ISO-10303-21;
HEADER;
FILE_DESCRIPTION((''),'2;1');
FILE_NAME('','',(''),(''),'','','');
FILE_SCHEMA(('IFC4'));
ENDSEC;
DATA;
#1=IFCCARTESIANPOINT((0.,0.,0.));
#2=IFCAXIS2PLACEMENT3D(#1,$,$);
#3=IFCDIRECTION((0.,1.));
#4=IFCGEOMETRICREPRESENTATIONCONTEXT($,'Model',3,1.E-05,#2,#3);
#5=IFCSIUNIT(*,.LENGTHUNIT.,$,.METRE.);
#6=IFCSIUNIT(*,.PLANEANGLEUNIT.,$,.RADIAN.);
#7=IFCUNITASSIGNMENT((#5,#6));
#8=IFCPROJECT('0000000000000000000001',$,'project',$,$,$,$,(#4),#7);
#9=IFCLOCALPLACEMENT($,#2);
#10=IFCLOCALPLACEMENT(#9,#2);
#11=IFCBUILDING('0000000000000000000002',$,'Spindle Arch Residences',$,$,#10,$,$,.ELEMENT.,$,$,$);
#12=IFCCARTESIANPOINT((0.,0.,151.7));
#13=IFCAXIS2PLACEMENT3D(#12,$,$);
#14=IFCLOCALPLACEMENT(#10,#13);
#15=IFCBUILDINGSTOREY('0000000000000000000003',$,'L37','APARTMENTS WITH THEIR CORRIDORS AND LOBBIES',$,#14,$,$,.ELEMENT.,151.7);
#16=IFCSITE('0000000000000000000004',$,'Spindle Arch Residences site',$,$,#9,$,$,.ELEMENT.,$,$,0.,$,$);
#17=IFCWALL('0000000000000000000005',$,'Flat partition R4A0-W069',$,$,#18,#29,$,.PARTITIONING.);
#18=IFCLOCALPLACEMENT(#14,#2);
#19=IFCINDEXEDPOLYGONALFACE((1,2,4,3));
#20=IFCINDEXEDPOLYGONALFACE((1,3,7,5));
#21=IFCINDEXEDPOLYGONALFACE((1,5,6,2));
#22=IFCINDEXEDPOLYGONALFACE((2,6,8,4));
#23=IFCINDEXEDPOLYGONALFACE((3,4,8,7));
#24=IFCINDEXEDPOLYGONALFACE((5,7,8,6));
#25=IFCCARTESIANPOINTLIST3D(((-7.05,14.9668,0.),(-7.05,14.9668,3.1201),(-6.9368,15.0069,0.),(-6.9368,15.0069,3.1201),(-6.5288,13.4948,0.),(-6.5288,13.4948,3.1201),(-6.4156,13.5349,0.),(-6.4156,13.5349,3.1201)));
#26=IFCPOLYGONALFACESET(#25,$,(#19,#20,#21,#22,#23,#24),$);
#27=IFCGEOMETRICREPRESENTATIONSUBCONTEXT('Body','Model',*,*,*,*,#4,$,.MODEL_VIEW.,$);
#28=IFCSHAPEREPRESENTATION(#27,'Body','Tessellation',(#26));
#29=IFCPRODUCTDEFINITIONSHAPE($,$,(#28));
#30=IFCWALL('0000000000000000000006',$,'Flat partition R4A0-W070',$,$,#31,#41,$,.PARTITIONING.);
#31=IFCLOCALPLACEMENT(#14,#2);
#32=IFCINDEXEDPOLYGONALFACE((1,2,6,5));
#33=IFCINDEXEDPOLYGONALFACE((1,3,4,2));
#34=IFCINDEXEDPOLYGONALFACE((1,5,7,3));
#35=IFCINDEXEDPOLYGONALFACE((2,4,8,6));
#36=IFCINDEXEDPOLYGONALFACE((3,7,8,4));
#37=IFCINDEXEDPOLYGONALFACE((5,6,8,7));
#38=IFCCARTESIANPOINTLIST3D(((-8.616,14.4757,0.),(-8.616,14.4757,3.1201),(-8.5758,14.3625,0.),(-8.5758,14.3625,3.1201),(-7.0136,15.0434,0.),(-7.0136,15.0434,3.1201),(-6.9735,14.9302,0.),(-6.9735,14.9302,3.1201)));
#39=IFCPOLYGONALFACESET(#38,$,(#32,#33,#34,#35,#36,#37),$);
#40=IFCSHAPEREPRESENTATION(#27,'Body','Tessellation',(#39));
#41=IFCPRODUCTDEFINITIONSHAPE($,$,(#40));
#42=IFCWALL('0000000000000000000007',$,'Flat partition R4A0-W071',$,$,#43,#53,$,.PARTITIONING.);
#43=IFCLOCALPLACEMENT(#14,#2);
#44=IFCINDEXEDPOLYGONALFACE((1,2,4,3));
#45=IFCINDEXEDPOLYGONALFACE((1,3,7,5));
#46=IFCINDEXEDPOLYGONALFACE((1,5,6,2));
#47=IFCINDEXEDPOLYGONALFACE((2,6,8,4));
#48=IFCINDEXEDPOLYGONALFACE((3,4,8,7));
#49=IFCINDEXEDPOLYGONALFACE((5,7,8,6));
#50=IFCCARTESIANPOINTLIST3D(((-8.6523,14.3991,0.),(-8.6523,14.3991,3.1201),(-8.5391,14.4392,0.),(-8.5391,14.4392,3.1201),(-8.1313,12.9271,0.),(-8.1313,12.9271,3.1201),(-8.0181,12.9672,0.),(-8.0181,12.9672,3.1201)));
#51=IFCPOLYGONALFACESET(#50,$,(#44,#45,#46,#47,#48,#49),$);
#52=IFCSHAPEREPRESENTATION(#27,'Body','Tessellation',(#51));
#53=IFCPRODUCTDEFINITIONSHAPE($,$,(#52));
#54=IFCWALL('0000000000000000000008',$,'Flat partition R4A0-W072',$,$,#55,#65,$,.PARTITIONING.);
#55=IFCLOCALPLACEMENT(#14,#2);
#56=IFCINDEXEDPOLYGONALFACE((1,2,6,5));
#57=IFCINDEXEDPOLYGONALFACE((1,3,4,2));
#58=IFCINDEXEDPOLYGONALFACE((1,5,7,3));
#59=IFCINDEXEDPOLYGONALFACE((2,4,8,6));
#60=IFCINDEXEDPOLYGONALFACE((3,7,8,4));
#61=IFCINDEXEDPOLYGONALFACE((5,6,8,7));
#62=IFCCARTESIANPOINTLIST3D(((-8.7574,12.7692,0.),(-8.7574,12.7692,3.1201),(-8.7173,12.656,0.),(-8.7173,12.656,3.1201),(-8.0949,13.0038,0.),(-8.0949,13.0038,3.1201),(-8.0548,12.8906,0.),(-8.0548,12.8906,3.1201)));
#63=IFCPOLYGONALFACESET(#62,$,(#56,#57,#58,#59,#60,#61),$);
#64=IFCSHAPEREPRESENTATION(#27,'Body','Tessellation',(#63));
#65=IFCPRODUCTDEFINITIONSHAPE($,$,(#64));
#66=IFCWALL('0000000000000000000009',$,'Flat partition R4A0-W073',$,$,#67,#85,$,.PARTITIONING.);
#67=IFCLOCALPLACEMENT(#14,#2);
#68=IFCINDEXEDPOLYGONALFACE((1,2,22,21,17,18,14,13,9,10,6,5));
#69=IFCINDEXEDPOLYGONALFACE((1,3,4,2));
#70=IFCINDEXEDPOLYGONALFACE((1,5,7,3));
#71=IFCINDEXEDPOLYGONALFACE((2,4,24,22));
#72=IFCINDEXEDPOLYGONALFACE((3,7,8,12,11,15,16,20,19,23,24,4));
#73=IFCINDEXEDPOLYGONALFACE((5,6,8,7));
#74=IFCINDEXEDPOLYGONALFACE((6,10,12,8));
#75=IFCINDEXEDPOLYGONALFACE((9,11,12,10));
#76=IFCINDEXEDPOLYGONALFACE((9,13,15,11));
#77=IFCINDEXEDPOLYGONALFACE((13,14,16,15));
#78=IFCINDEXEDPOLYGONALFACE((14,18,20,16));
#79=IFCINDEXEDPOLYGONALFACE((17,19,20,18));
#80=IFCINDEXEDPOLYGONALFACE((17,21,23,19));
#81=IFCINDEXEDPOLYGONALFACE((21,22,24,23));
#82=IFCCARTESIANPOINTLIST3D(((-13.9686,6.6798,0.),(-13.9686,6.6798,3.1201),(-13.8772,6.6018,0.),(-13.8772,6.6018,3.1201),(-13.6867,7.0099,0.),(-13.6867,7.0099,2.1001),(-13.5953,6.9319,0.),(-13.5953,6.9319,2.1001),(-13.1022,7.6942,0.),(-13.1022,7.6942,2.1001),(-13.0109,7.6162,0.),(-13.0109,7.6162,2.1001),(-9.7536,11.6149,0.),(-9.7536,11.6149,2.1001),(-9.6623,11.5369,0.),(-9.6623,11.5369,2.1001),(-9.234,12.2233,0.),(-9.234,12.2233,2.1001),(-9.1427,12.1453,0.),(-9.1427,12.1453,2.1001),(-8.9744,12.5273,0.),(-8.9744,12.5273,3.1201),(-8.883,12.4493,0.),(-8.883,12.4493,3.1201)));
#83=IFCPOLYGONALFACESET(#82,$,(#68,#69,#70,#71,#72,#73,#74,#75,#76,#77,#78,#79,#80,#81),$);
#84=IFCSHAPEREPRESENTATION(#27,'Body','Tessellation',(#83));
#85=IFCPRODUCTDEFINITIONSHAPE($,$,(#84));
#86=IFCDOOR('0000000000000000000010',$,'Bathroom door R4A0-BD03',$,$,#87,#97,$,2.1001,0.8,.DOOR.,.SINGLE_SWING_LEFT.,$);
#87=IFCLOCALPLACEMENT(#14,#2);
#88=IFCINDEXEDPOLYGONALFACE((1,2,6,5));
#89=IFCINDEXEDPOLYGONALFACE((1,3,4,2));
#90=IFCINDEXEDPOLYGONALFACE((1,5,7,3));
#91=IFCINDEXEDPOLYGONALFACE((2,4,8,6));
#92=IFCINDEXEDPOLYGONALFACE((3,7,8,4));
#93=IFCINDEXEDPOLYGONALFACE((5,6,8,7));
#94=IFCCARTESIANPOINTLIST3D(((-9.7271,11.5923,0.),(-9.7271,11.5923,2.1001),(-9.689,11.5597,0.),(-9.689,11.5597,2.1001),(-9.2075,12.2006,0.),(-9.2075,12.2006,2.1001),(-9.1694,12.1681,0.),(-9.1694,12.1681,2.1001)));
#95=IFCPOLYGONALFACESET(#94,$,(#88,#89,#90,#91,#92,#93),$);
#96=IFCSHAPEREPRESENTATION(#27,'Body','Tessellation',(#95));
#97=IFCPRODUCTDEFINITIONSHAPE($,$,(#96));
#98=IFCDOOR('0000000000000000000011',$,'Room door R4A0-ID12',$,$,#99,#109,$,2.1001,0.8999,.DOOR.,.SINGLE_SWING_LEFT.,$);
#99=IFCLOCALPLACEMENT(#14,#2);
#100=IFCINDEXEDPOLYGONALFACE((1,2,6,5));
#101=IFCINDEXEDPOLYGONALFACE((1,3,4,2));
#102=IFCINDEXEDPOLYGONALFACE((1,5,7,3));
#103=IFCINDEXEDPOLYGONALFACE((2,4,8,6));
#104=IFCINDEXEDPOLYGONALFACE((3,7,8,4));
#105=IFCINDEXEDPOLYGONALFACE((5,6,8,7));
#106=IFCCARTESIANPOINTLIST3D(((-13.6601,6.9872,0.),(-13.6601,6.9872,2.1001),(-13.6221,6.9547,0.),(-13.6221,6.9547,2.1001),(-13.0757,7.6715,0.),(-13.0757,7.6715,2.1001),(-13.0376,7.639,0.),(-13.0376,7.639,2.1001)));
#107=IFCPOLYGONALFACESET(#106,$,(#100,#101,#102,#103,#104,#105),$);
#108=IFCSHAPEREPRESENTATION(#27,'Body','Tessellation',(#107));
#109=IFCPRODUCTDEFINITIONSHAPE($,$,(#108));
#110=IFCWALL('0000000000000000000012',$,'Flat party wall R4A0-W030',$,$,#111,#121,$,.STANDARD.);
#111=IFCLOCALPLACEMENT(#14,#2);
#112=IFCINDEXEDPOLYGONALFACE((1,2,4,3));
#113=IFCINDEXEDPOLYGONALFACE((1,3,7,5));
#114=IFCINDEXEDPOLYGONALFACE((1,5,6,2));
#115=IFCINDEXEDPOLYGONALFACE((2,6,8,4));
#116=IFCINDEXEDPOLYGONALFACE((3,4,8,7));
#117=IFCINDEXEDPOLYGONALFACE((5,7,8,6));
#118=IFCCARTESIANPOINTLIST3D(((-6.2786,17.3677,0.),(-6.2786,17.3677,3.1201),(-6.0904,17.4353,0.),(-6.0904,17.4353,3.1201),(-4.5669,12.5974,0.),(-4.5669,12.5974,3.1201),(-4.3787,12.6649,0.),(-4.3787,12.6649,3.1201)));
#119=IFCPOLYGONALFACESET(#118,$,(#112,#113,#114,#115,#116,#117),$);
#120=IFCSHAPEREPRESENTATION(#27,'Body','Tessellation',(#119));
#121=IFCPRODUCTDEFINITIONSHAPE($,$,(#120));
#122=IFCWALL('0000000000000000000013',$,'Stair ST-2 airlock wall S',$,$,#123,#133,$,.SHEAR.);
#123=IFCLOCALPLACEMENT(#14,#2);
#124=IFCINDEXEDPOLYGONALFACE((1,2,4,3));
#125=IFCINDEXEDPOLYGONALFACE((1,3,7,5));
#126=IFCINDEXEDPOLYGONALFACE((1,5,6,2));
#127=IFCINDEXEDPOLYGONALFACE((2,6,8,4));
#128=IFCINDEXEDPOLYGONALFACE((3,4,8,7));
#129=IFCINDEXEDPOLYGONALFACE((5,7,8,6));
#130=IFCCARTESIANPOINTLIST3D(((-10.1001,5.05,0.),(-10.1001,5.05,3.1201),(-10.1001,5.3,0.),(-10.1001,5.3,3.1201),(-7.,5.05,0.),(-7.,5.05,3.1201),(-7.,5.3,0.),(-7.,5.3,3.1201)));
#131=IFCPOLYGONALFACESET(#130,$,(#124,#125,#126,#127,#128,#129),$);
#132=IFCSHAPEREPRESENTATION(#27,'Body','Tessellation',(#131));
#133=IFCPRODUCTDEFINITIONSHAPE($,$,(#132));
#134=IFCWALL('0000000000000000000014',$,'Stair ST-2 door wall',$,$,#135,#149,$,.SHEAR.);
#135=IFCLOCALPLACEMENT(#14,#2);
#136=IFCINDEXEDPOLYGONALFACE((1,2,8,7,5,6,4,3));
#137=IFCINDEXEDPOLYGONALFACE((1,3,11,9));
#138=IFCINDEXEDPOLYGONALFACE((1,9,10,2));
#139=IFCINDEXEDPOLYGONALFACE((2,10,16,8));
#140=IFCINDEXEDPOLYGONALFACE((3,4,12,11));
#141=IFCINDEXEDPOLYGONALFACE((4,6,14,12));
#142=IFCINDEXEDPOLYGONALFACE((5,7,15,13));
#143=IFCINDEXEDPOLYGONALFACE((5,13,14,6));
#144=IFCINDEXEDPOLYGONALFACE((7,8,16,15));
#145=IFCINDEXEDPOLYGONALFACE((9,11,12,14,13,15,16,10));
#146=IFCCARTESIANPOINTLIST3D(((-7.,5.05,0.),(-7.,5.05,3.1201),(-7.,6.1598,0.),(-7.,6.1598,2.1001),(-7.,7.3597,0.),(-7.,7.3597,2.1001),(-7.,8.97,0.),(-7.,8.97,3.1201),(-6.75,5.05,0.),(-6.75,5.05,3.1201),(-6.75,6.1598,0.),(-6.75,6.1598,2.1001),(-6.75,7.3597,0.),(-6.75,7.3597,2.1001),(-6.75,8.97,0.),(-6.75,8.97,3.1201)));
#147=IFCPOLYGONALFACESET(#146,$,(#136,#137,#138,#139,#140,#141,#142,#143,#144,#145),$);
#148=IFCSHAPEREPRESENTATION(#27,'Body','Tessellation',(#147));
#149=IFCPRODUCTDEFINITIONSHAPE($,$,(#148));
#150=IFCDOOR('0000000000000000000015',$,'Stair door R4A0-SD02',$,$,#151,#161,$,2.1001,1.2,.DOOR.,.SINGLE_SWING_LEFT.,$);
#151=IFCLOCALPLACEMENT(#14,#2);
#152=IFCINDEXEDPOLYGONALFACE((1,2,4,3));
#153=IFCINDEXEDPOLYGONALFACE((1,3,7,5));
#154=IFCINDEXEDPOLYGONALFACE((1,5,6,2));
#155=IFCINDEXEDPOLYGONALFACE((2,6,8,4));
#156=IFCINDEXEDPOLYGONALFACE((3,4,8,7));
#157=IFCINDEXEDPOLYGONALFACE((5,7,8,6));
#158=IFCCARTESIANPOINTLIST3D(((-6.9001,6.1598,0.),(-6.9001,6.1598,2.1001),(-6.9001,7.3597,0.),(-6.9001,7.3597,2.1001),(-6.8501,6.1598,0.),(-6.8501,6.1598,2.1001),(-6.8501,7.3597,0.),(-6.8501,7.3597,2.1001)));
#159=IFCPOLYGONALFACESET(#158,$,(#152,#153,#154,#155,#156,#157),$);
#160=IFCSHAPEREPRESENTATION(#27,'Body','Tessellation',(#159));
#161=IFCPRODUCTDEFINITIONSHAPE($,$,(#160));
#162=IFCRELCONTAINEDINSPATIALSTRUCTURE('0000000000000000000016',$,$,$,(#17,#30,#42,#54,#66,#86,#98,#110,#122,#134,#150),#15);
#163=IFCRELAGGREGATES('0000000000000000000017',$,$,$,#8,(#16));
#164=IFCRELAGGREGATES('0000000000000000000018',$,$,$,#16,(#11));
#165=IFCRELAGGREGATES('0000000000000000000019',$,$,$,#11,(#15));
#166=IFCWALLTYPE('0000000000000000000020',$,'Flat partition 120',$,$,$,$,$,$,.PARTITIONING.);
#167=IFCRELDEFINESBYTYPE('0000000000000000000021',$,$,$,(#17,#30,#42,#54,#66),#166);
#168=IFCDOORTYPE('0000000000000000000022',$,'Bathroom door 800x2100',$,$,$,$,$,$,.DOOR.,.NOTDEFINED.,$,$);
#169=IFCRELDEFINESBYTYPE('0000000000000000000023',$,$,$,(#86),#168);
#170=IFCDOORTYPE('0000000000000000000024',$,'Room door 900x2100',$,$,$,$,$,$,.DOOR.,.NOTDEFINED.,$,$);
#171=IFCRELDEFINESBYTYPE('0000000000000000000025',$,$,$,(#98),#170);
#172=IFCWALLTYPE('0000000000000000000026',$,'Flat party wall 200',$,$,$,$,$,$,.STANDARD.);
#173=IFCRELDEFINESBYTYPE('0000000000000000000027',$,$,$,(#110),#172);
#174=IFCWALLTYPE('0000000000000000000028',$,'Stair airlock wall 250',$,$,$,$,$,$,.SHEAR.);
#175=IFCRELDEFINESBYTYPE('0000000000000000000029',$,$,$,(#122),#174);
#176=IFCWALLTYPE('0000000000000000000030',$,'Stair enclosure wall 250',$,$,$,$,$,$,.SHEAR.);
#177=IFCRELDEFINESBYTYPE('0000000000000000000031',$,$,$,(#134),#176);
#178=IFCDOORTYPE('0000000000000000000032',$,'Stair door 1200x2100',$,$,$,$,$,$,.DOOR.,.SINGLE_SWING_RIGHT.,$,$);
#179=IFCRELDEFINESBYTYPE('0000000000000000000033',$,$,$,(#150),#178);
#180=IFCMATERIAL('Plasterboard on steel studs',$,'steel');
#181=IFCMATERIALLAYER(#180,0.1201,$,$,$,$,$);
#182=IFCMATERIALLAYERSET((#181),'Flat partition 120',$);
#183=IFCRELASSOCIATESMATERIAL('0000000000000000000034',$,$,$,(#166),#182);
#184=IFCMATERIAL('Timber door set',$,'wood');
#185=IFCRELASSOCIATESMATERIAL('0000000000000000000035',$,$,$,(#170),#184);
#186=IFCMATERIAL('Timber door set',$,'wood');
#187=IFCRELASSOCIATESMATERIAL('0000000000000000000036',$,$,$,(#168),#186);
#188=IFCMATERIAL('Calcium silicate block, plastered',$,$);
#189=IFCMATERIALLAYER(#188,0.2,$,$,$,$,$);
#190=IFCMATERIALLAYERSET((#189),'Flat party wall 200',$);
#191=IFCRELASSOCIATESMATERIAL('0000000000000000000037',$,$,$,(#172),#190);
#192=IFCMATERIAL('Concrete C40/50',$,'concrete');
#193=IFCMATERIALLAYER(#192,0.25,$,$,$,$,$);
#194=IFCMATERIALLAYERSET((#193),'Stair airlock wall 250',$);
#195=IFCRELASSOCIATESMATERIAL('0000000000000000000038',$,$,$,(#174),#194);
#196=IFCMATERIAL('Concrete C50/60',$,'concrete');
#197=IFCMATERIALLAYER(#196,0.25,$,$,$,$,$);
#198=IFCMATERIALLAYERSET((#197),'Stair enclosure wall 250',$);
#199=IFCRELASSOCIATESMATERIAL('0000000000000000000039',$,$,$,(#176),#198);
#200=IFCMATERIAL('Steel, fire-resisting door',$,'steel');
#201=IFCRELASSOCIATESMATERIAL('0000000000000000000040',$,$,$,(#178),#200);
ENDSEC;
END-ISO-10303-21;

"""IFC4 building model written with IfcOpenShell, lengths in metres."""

from ifc_helpers import new_model, si_unit, direction, frame, frame_2d, origin, place, context, subcontext, project, spatial, rectangle, extrude, material, layer, layer_set, type_object, element, fill, save


model = new_model("IFC4")

# Units and contexts
model_context = context("Model", 3, precision=1e-05, world=origin(), true_north=direction((0.0, 1.0)))
body_context = subcontext(model_context, "Body", "Model", "MODEL_VIEW")
ifc_project = project(units=[si_unit("LENGTHUNIT", "METRE"), si_unit("PLANEANGLEUNIT", "RADIAN")], contexts=[model_context])

# Site, building, storey
site_placement = place(None, origin())
site = spatial("IfcSite", under=ifc_project, at=site_placement, Name="Spindle Arch Residences site", CompositionType="ELEMENT", RefElevation=0.0)
building_placement = place(site_placement, origin())
building = spatial("IfcBuilding", under=site, at=building_placement, Name="Spindle Arch Residences", CompositionType="ELEMENT")
storey_placement = place(building_placement, frame((0.0, 0.0, 151.7)))
storey = spatial("IfcBuildingStorey", under=building, at=storey_placement, Name="L37", Description="APARTMENTS WITH THEIR CORRIDORS AND LOBBIES", CompositionType="ELEMENT", Elevation=151.7)

# Shared definitions
ifc_material_1 = material(Name="Plasterboard on steel studs", Category="steel")
ifc_layer_1 = layer(ifc_material_1, 0.1201)
ifc_layer_set_1 = layer_set([ifc_layer_1], Name="Flat partition 120")
wall_type_1 = type_object("IfcWallType", Name="Flat partition 120", PredefinedType="PARTITIONING", material=ifc_layer_set_1)

# Shared definitions
ifc_material_2 = material(Name="Timber door set", Category="wood")
door_type_1 = type_object("IfcDoorType", Name="Room door 900x2100", OperationType="NOTDEFINED", PredefinedType="DOOR", material=ifc_material_2)

# Walls
wall_1_placement = place(storey_placement, frame((-6.4722, 13.5149, 0.0), z_axis=(0.0, 0.0, 1.0), x_axis=(-0.33381, 0.942641, 0.0)))
element("IfcWall", 1, at=wall_1_placement, inside=storey, type_object=wall_type_1, Name="Flat partition R4A0-W069", PredefinedType="PARTITIONING", context=body_context, shape_type="SweptSolid", body=[
    extrude(rectangle(XDim=1.5615, YDim=0.1201, at=frame_2d((0.7808, 0.0))), origin(), (0.0, 0.0, 1.0), 3.1201),
])
wall_2_placement = place(storey_placement, frame((-6.9934, 14.9868, 0.0), z_axis=(0.0, 0.0, 1.0), x_axis=(-0.9426, -0.333924, 0.0)))
element("IfcWall", 2, at=wall_2_placement, inside=storey, type_object=wall_type_1, Name="Flat partition R4A0-W070", PredefinedType="PARTITIONING", context=body_context, shape_type="SweptSolid", body=[
    extrude(rectangle(XDim=1.7, YDim=0.1201, at=frame_2d((0.8501, 0.0))), origin(), (0.0, 0.0, 1.0), 3.1201),
])
wall_3_placement = place(storey_placement, frame((-8.5957, 14.4192, 0.0), z_axis=(0.0, 0.0, 1.0), x_axis=(0.333671, -0.94269, 0.0)))
element("IfcWall", 3, at=wall_3_placement, inside=storey, type_object=wall_type_1, Name="Flat partition R4A0-W071", PredefinedType="PARTITIONING", context=body_context, shape_type="SweptSolid", body=[
    extrude(rectangle(XDim=1.5615, YDim=0.1201, at=frame_2d((0.7808, 0.0))), origin(), (0.0, 0.0, 1.0), 3.1201),
])
wall_4_placement = place(storey_placement, frame((-8.0747, 12.9473, 0.0), z_axis=(0.0, 0.0, 1.0), x_axis=(-0.94265, -0.333783, 0.0)))
element("IfcWall", 4, at=wall_4_placement, inside=storey, type_object=wall_type_1, Name="Flat partition R4A0-W072", PredefinedType="PARTITIONING", context=body_context, shape_type="SweptSolid", body=[
    extrude(rectangle(XDim=0.7029, YDim=0.1201, at=frame_2d((0.3516, 0.0))), origin(), (0.0, 0.0, 1.0), 3.1201),
])

# Wall, openings, doors
wall_5_placement = place(storey_placement, frame((-8.9287, 12.4883, 0.0), z_axis=(0.0, 0.0, 1.0), x_axis=(-0.649446, -0.760407, 0.0)))
wall_5 = element("IfcWall", 5, at=wall_5_placement, inside=storey, type_object=wall_type_1, Name="Flat partition R4A0-W073", PredefinedType="PARTITIONING", context=body_context, shape_type="SweptSolid", body=[
    extrude(rectangle(XDim=7.6899, YDim=0.1201, at=frame_2d((3.845, 0.0))), origin(), (0.0, 0.0, 1.0), 3.1201),
])
opening_1_placement = place(wall_5_placement, frame((0.3999, 0.0, 0.0)))
opening_1 = element("IfcOpeningElement", 6, at=opening_1_placement, cuts=wall_5, PredefinedType="OPENING", context=body_context, shape_type="SweptSolid", body=[
    extrude(rectangle(XDim=0.8, YDim=2.1001, at=frame_2d((0.3999, 1.05))), frame((0.0, 0.0701, 0.0), z_axis=(0.0, -1.0, 0.0), x_axis=(1.0, 0.0, 0.0)), (0.0, 0.0, 1.0), 0.1401),
])
opening_2_placement = place(wall_5_placement, frame((6.356, 0.0, 0.0)))
opening_2 = element("IfcOpeningElement", 7, at=opening_2_placement, cuts=wall_5, PredefinedType="OPENING", context=body_context, shape_type="SweptSolid", body=[
    extrude(rectangle(XDim=0.8999, YDim=2.1001, at=frame_2d((0.45, 1.05))), frame((0.0, 0.0701, 0.0), z_axis=(0.0, -1.0, 0.0), x_axis=(1.0, 0.0, 0.0)), (0.0, 0.0, 1.0), 0.1401),
])
ifc_material_3 = material(Name="Timber door set", Category="wood")
door_type_2 = type_object("IfcDoorType", Name="Bathroom door 800x2100", OperationType="NOTDEFINED", PredefinedType="DOOR", material=ifc_material_3)
door_1_placement = place(opening_1_placement, origin())
door_1 = element("IfcDoor", 8, at=door_1_placement, inside=storey, type_object=door_type_2, Name="Bathroom door R4A0-BD03", OperationType="SINGLE_SWING_LEFT", OverallHeight=2.1001, OverallWidth=0.8, PredefinedType="DOOR", context=body_context, shape_type="SweptSolid", body=[
    extrude(rectangle(XDim=0.8, YDim=2.1001, at=frame_2d((0.3999, 1.05))), frame((0.0, 0.0249, 0.0), z_axis=(0.0, -1.0, 0.0), x_axis=(1.0, 0.0, 0.0)), (0.0, 0.0, 1.0), 0.05),
])
fill(opening_1, door_1)
door_2_placement = place(opening_2_placement, origin())
door_2 = element("IfcDoor", 9, at=door_2_placement, inside=storey, type_object=door_type_1, Name="Room door R4A0-ID12", OperationType="SINGLE_SWING_LEFT", OverallHeight=2.1001, OverallWidth=0.8999, PredefinedType="DOOR", context=body_context, shape_type="SweptSolid", body=[
    extrude(rectangle(XDim=0.8999, YDim=2.1001, at=frame_2d((0.45, 1.05))), frame((0.0, 0.0249, 0.0), z_axis=(0.0, -1.0, 0.0), x_axis=(1.0, 0.0, 0.0)), (0.0, 0.0, 1.0), 0.05),
])
fill(opening_2, door_2)

# Walls
ifc_material_4 = material(Name="Calcium silicate block, plastered")
ifc_layer_2 = layer(ifc_material_4, 0.2)
ifc_layer_set_2 = layer_set([ifc_layer_2], Name="Flat party wall 200")
wall_type_2 = type_object("IfcWallType", Name="Flat party wall 200", PredefinedType="STANDARD", material=ifc_layer_set_2)
wall_6_placement = place(storey_placement, frame((-6.1846, 17.4016, 0.0), z_axis=(0.0, 0.0, 1.0), x_axis=(0.337737, -0.941241, 0.0)))
element("IfcWall", 10, at=wall_6_placement, inside=storey, type_object=wall_type_2, Name="Flat party wall R4A0-W030", PredefinedType="STANDARD", context=body_context, shape_type="SweptSolid", body=[
    extrude(rectangle(XDim=5.0681, YDim=0.2, at=frame_2d((2.5342, 0.0))), origin(), (0.0, 0.0, 1.0), 3.1201),
])
ifc_material_5 = material(Name="Concrete C40/50", Category="concrete")
ifc_layer_3 = layer(ifc_material_5, 0.25)
ifc_layer_set_3 = layer_set([ifc_layer_3], Name="Stair airlock wall 250")
wall_type_3 = type_object("IfcWallType", Name="Stair airlock wall 250", PredefinedType="SHEAR", material=ifc_layer_set_3)
wall_7_placement = place(storey_placement, frame((-7.0, 5.175, 0.0), z_axis=(0.0, 0.0, 1.0), x_axis=(-1.0, 0.0, 0.0)))
element("IfcWall", 11, at=wall_7_placement, inside=storey, type_object=wall_type_3, Name="Stair ST-2 airlock wall S", PredefinedType="SHEAR", context=body_context, shape_type="SweptSolid", body=[
    extrude(rectangle(XDim=3.1001, YDim=0.25, at=frame_2d((1.55, 0.0))), origin(), (0.0, 0.0, 1.0), 3.1201),
])

# Wall, opening, door
ifc_material_6 = material(Name="Concrete C50/60", Category="concrete")
ifc_layer_4 = layer(ifc_material_6, 0.25)
ifc_layer_set_4 = layer_set([ifc_layer_4], Name="Stair enclosure wall 250")
wall_type_4 = type_object("IfcWallType", Name="Stair enclosure wall 250", PredefinedType="SHEAR", material=ifc_layer_set_4)
wall_8_placement = place(storey_placement, frame((-6.875, 8.97, 0.0), z_axis=(0.0, 0.0, 1.0), x_axis=(0.0, -1.0, 0.0)))
wall_8 = element("IfcWall", 12, at=wall_8_placement, inside=storey, type_object=wall_type_4, Name="Stair ST-2 door wall", PredefinedType="SHEAR", context=body_context, shape_type="SweptSolid", body=[
    extrude(rectangle(XDim=3.9199, YDim=0.25, at=frame_2d((1.96, 0.0))), origin(), (0.0, 0.0, 1.0), 3.1201),
])
opening_3_placement = place(wall_8_placement, frame((1.6101, 0.0, 0.0)))
opening_3 = element("IfcOpeningElement", 13, at=opening_3_placement, cuts=wall_8, PredefinedType="OPENING", context=body_context, shape_type="SweptSolid", body=[
    extrude(rectangle(XDim=1.2, YDim=2.1001, at=frame_2d((0.6001, 1.05))), frame((0.0, 0.135, 0.0), z_axis=(0.0, -1.0, 0.0), x_axis=(1.0, 0.0, 0.0)), (0.0, 0.0, 1.0), 0.27),
])
ifc_material_7 = material(Name="Steel, fire-resisting door", Category="steel")
door_type_3 = type_object("IfcDoorType", Name="Stair door 1200x2100", OperationType="SINGLE_SWING_RIGHT", PredefinedType="DOOR", material=ifc_material_7)
door_3_placement = place(opening_3_placement, origin())
door_3 = element("IfcDoor", 14, at=door_3_placement, inside=storey, type_object=door_type_3, Name="Stair door R4A0-SD02", OperationType="SINGLE_SWING_LEFT", OverallHeight=2.1001, OverallWidth=1.2, PredefinedType="DOOR", context=body_context, shape_type="SweptSolid", body=[
    extrude(rectangle(XDim=1.2, YDim=2.1001, at=frame_2d((0.6001, 1.05))), frame((0.0, 0.0249, 0.0), z_axis=(0.0, -1.0, 0.0), x_axis=(1.0, 0.0, 0.0)), (0.0, 0.0, 1.0), 0.05),
])
fill(opening_3, door_3)

save(model, "model.ifc")
